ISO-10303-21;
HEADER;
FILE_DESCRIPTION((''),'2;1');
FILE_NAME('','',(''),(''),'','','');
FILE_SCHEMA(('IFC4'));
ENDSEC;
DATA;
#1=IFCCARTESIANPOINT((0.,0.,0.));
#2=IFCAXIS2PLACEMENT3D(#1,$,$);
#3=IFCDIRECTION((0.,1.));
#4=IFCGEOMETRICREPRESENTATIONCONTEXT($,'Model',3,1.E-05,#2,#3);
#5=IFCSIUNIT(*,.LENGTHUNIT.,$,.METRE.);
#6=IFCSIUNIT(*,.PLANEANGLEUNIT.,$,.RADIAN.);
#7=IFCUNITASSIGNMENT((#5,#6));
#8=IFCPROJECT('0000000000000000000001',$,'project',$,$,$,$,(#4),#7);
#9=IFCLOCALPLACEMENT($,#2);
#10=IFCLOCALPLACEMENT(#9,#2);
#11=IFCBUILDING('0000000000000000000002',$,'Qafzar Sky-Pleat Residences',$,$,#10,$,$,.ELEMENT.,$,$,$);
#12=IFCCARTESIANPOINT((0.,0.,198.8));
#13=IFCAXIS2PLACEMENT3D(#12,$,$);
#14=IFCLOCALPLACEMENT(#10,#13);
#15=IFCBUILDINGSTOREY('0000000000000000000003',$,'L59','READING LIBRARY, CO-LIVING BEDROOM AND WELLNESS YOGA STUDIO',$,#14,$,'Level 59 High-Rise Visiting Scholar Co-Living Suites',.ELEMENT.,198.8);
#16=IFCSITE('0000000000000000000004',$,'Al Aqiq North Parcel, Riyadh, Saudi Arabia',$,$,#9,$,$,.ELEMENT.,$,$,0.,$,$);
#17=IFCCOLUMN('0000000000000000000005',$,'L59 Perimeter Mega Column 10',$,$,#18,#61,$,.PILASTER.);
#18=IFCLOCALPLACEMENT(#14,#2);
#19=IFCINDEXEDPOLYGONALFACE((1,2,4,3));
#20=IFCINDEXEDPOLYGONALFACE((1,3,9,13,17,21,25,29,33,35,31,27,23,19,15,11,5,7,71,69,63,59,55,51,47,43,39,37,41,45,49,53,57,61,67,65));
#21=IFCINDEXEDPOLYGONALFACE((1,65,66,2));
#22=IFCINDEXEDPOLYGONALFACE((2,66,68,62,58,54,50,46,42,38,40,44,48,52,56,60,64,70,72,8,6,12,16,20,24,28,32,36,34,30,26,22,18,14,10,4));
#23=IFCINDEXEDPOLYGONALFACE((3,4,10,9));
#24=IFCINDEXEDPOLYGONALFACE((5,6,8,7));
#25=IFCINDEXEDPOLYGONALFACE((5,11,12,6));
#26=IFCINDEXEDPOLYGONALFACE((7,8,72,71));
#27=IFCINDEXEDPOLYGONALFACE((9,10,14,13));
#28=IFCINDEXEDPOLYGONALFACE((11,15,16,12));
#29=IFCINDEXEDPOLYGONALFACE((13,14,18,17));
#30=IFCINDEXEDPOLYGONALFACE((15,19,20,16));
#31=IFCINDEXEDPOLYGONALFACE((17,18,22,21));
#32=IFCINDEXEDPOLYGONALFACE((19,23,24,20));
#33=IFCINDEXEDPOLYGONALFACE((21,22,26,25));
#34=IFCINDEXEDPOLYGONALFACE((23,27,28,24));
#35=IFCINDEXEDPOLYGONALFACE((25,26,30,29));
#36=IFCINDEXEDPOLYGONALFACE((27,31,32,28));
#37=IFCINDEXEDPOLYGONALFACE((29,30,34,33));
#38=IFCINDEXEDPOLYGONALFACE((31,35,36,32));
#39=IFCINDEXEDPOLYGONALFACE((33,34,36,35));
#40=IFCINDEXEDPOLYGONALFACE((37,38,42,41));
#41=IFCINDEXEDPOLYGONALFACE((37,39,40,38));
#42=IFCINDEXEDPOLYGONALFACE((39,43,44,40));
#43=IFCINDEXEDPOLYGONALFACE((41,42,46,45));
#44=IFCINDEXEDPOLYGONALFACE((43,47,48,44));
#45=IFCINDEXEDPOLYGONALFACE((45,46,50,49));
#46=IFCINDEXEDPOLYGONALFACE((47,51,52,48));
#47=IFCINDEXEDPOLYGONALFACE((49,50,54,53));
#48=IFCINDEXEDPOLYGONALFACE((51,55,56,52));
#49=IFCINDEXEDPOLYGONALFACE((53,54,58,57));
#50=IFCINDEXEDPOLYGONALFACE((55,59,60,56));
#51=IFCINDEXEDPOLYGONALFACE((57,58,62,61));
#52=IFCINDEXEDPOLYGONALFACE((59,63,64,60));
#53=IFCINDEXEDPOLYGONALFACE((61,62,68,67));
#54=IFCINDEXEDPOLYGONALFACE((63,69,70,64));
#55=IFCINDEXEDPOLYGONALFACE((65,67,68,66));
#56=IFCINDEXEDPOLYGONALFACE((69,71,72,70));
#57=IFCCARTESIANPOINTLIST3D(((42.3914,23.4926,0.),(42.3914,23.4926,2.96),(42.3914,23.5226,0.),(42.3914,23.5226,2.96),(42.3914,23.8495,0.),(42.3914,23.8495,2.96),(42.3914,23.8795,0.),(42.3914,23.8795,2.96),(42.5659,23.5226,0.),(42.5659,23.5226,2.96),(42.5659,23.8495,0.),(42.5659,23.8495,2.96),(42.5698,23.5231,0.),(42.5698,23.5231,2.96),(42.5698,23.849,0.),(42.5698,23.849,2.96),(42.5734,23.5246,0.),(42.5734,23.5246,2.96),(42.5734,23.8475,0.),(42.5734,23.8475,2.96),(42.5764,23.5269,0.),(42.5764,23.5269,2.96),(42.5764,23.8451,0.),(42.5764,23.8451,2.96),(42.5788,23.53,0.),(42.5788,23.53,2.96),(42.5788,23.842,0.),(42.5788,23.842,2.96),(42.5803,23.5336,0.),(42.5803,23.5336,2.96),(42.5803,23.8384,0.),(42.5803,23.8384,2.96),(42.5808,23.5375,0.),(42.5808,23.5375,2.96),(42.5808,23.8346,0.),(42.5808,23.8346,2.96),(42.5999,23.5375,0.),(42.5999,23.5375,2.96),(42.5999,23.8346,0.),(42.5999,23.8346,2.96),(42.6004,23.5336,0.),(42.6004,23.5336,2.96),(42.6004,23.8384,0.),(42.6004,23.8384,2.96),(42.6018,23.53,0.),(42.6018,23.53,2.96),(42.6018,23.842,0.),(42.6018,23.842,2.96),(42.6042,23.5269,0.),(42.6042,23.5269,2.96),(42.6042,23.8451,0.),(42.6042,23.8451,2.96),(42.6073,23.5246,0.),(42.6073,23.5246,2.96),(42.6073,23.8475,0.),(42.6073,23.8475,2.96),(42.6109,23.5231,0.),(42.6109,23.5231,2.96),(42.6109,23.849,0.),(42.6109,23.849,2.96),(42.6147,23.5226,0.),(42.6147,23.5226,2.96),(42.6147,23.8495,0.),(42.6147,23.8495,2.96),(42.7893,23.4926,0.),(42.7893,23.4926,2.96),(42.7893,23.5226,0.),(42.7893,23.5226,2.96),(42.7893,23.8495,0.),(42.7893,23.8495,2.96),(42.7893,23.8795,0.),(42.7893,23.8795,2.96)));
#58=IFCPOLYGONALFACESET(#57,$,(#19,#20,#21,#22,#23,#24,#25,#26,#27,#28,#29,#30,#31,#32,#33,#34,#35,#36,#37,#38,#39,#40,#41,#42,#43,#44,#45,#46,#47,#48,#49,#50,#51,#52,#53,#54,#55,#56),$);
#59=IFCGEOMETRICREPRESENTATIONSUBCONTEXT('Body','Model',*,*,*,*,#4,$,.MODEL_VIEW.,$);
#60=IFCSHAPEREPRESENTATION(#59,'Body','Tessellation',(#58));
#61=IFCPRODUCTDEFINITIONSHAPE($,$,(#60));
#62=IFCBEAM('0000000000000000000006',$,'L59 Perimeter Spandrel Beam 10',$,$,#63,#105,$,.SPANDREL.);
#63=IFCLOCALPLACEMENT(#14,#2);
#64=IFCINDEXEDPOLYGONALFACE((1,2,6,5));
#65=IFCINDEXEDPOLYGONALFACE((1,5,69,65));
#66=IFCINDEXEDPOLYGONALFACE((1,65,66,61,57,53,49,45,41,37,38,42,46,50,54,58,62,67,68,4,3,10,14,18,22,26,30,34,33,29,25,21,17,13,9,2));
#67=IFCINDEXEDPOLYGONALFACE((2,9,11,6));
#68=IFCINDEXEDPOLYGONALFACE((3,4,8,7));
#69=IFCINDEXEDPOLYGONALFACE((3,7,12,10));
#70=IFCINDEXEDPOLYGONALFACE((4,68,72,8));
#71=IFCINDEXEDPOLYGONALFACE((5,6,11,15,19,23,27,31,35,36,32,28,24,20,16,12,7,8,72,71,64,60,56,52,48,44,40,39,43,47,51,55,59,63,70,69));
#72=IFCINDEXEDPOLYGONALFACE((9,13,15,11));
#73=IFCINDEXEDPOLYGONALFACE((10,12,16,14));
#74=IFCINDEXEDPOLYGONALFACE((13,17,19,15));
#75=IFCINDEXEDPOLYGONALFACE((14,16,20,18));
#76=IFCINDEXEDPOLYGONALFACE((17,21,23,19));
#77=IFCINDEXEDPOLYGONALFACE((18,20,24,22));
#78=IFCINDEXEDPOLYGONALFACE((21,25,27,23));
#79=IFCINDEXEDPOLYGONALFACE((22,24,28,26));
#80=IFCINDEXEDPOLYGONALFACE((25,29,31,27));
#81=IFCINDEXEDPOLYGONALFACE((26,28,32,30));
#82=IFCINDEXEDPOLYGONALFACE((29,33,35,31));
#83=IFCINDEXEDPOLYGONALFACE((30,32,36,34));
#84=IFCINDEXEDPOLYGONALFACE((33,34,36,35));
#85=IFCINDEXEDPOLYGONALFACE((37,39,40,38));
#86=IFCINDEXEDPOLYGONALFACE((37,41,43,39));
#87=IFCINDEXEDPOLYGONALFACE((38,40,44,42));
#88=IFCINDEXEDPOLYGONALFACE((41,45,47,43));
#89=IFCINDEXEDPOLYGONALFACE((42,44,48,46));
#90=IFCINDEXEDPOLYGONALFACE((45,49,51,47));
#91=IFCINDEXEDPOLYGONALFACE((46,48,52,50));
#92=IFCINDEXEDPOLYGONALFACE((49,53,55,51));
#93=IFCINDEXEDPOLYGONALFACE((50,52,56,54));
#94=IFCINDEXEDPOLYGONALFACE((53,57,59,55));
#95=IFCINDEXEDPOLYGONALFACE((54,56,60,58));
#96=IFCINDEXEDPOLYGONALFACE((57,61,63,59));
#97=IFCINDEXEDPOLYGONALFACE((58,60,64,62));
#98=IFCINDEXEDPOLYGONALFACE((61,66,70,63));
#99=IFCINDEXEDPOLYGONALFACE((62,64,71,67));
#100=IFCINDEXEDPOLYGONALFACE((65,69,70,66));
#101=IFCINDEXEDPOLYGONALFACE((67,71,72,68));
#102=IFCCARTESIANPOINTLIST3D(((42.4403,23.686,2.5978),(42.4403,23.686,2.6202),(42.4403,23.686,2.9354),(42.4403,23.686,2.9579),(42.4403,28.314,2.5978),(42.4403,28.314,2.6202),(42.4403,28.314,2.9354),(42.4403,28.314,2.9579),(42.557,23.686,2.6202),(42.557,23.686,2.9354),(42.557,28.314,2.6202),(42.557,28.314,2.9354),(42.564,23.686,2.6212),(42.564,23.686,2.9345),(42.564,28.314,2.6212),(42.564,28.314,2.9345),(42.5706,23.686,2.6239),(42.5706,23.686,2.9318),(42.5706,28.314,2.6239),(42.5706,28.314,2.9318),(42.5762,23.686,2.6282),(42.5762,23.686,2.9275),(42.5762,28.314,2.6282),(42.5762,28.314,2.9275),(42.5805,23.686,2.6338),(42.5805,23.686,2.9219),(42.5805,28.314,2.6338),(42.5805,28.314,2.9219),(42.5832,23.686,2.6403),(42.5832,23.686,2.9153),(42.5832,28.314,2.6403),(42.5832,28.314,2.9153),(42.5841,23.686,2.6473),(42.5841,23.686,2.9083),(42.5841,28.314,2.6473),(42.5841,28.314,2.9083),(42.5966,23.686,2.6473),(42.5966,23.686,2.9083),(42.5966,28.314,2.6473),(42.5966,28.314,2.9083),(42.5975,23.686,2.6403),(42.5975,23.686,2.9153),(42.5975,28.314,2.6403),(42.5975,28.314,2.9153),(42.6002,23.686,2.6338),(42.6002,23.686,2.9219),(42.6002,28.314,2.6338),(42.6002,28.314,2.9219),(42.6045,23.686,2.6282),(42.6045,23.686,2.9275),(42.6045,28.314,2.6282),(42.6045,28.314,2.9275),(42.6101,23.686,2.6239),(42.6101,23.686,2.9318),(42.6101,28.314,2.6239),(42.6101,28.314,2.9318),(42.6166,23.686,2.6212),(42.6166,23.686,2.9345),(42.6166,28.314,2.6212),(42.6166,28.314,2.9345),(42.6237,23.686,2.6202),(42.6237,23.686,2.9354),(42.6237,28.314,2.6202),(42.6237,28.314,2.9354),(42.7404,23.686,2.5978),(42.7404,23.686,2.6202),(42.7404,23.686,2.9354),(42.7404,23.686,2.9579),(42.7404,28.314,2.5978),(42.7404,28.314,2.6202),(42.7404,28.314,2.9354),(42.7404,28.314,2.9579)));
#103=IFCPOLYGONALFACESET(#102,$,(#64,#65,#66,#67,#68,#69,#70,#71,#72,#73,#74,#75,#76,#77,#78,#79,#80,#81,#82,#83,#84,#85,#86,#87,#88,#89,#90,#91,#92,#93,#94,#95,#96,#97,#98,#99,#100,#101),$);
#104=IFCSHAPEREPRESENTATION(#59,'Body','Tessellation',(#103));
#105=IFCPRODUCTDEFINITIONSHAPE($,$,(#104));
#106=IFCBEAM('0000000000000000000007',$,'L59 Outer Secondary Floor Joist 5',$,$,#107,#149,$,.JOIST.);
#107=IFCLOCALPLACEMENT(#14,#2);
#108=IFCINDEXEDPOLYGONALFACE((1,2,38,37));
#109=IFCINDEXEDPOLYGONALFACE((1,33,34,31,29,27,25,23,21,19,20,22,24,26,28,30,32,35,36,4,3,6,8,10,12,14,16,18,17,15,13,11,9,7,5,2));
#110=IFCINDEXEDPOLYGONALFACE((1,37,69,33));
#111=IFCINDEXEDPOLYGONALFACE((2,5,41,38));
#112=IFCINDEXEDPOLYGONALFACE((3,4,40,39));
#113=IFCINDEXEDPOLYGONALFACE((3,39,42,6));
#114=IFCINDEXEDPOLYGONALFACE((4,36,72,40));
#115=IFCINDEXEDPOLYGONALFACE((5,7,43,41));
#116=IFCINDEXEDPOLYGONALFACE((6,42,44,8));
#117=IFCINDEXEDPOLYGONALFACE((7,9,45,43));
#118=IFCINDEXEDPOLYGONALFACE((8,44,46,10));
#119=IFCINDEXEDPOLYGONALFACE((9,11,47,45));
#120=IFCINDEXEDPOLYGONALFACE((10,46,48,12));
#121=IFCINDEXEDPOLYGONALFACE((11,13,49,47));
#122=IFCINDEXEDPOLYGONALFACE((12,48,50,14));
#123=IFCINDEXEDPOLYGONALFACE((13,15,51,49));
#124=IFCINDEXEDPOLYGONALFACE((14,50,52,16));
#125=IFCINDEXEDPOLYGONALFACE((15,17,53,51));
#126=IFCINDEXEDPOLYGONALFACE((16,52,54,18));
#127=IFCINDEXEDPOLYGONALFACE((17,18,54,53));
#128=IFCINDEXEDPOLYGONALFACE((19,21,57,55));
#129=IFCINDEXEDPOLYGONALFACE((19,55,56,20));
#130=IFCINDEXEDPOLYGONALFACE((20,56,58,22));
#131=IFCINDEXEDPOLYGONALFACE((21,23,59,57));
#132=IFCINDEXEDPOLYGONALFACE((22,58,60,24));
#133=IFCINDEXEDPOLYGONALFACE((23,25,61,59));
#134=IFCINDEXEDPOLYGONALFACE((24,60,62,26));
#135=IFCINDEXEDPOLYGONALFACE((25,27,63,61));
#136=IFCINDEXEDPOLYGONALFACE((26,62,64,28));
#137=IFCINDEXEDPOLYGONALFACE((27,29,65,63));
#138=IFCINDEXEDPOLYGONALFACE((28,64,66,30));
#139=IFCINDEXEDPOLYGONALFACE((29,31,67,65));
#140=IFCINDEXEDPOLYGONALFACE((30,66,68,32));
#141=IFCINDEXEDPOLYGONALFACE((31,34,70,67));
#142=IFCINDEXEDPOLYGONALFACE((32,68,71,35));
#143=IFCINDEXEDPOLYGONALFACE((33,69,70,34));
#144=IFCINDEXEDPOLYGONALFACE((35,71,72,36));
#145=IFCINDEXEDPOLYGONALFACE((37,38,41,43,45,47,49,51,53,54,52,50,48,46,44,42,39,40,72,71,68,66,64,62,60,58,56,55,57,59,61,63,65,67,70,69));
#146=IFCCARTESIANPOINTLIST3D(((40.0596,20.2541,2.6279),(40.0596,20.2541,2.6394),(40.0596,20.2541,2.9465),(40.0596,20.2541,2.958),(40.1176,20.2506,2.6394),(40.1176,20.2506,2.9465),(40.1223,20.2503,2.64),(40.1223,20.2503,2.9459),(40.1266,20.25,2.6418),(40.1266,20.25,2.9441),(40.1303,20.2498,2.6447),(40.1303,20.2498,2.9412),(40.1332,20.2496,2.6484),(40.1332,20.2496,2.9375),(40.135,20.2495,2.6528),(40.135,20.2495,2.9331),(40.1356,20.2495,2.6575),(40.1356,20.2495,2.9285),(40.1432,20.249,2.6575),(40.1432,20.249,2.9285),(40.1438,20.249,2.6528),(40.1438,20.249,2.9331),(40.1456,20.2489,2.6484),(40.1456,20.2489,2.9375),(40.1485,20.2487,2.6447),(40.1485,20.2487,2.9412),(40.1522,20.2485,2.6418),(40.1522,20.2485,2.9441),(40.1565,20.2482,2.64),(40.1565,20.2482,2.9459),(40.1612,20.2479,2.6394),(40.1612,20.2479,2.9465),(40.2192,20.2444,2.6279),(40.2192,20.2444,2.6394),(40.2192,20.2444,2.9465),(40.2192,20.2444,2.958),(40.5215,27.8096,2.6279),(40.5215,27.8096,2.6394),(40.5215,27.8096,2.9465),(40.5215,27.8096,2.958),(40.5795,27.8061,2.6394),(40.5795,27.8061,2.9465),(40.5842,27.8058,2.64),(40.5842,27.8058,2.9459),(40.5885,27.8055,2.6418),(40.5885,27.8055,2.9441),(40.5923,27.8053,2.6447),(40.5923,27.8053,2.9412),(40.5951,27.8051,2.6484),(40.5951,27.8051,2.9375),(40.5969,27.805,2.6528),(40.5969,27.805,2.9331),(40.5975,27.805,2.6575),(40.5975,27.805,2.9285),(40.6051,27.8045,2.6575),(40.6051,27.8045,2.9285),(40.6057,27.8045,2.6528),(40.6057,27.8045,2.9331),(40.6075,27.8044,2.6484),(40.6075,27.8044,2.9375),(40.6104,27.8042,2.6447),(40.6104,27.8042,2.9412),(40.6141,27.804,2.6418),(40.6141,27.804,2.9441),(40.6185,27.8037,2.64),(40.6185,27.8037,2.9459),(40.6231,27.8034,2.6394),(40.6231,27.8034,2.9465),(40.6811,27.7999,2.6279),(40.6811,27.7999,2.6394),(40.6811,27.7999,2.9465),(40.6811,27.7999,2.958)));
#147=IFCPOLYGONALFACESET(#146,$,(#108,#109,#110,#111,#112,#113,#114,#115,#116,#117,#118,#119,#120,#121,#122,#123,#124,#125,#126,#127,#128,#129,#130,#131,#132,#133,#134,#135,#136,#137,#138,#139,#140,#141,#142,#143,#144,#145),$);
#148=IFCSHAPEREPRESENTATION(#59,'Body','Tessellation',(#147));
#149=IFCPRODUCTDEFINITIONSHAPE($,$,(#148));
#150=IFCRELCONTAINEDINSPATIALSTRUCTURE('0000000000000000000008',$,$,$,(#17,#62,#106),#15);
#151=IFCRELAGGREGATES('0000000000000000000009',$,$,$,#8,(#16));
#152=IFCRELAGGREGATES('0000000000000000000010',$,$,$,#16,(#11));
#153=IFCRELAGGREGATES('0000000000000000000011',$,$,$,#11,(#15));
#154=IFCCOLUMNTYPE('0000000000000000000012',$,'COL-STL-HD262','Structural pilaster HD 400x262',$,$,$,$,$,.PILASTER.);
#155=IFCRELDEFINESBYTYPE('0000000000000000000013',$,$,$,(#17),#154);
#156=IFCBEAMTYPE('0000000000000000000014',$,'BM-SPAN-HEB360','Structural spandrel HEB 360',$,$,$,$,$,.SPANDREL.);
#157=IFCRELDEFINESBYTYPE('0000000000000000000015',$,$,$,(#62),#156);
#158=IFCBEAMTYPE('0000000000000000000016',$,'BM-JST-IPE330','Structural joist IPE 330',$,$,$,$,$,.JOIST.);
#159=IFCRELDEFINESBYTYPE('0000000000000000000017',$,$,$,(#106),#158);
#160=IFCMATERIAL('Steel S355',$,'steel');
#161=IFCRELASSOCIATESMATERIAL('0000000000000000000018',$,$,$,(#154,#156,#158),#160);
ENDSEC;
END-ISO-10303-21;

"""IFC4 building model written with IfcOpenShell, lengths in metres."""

from ifc_helpers import new_model, si_unit, direction, frame, origin, origin_2d, place, context, subcontext, project, spatial, i_section, extrude, source, transform, mapped, material, material_profile, profile_set, type_object, element, save


model = new_model("IFC4")

# Units and contexts
model_context = context("Model", 3, precision=1e-05, world=origin(), true_north=direction((0.0, 1.0)))
body_context = subcontext(model_context, "Body", "Model", "MODEL_VIEW")
ifc_project = project(units=[si_unit("LENGTHUNIT", "METRE"), si_unit("PLANEANGLEUNIT", "RADIAN")], contexts=[model_context])

# Site, building, storey
site_placement = place(None, origin())
site = spatial("IfcSite", under=ifc_project, at=site_placement, Name="Al Aqiq North Parcel, Riyadh, Saudi Arabia", CompositionType="ELEMENT", RefElevation=0.0)
building_placement = place(site_placement, origin())
building = spatial("IfcBuilding", under=site, at=building_placement, Name="Qafzar Sky-Pleat Residences", CompositionType="ELEMENT")
storey_placement = place(building_placement, frame((0.0, 0.0, 198.8)))
storey = spatial("IfcBuildingStorey", under=building, at=storey_placement, Name="L59", Description="READING LIBRARY, CO-LIVING BEDROOM AND WELLNESS YOGA STUDIO", LongName="Level 59 High-Rise Visiting Scholar Co-Living Suites", CompositionType="ELEMENT", Elevation=198.8)

# Column
ifc_material_1 = material(Name="Steel S355", Category="steel")
ifc_material_profile_1 = material_profile(ifc_material_1, i_section(OverallWidth=0.3979, OverallDepth=0.387, WebThickness=0.019, FlangeThickness=0.03, FilletRadius=0.0149, at=origin_2d()), Name="HD 400x262")
ifc_profile_set_1 = profile_set([ifc_material_profile_1], Name="Steel S355")
column_type = type_object("IfcColumnType", Name="COL-STL-HD262", Description="Structural pilaster HD 400x262", PredefinedType="PILASTER", material=ifc_profile_set_1)
shared_shape_1 = source(origin(), body_context, "Body", "SweptSolid", [
    extrude(i_section(OverallWidth=0.3979, OverallDepth=0.387, WebThickness=0.019, FlangeThickness=0.03, FilletRadius=0.0149, at=origin_2d()), origin(), (0.0, 0.0, 1.0), 2.96),
])
column_placement = place(storey_placement, frame((42.5903, 23.686, 0.0), z_axis=(0.0, 0.0, 1.0), x_axis=(1.0, 0.0, 0.0)))
element("IfcColumn", 1, at=column_placement, inside=storey, type_object=column_type, Name="L59 Perimeter Mega Column 10", PredefinedType="PILASTER", context=body_context, shape_type="MappedRepresentation", body=[
    mapped(shared_shape_1, transform((0.0, 0.0, 0.0), x_axis=(1.0, 0.0, 0.0), y_axis=(0.0, 1.0, 0.0), z_axis=(0.0, 0.0, 1.0), scale=1.0)),
])

# Beams
ifc_material_profile_2 = material_profile(ifc_material_1, i_section(OverallWidth=0.3, OverallDepth=0.3601, WebThickness=0.0125, FlangeThickness=0.0225, FilletRadius=0.0271, at=origin_2d()), Name="HEB 360")
ifc_profile_set_2 = profile_set([ifc_material_profile_2], Name="Steel S355")
beam_type_1 = type_object("IfcBeamType", Name="BM-SPAN-HEB360", Description="Structural spandrel HEB 360", PredefinedType="SPANDREL", material=ifc_profile_set_2)
shared_shape_2 = source(origin(), body_context, "Body", "SweptSolid", [
    extrude(i_section(OverallWidth=0.3, OverallDepth=0.3601, WebThickness=0.0125, FlangeThickness=0.0225, FilletRadius=0.0271, at=origin_2d()), origin(), (0.0, 0.0, 1.0), 4.6279),
])
beam_1_placement = place(storey_placement, frame((42.5903, 23.686, 2.7778), z_axis=(0.0, 1.0, 0.0), x_axis=(-1.0, 0.0, 0.0)))
element("IfcBeam", 2, at=beam_1_placement, inside=storey, type_object=beam_type_1, Name="L59 Perimeter Spandrel Beam 10", PredefinedType="SPANDREL", context=body_context, shape_type="MappedRepresentation", body=[
    mapped(shared_shape_2, transform((0.0, 0.0, 0.0), x_axis=(1.0, 0.0, 0.0), y_axis=(0.0, 1.0, 0.0), z_axis=(0.0, 0.0, 1.0), scale=1.0)),
])
ifc_material_profile_3 = material_profile(ifc_material_1, i_section(OverallWidth=0.1599, OverallDepth=0.3301, WebThickness=0.0076, FlangeThickness=0.0115, FilletRadius=0.0181, at=origin_2d()), Name="IPE 330")
ifc_profile_set_3 = profile_set([ifc_material_profile_3], Name="Steel S355")
beam_type_2 = type_object("IfcBeamType", Name="BM-JST-IPE330", Description="Structural joist IPE 330", PredefinedType="JOIST", material=ifc_profile_set_3)
shared_shape_3 = source(origin(), body_context, "Body", "SweptSolid", [
    extrude(i_section(OverallWidth=0.1599, OverallDepth=0.3301, WebThickness=0.0076, FlangeThickness=0.0115, FilletRadius=0.0181, at=origin_2d()), origin(), (0.0, 0.0, 1.0), 7.5696),
])
beam_2_placement = place(storey_placement, frame((40.1394, 20.2493, 2.793), z_axis=(0.061023, 0.998136, 0.0), x_axis=(-0.998136, 0.061023, 0.0)))
element("IfcBeam", 3, at=beam_2_placement, inside=storey, type_object=beam_type_2, Name="L59 Outer Secondary Floor Joist 5", PredefinedType="JOIST", context=body_context, shape_type="MappedRepresentation", body=[
    mapped(shared_shape_3, transform((0.0, 0.0, 0.0), x_axis=(1.0, 0.0, 0.0), y_axis=(0.0, 1.0, 0.0), z_axis=(0.0, 0.0, 1.0), scale=1.0)),
])

save(model, "model.ifc")
